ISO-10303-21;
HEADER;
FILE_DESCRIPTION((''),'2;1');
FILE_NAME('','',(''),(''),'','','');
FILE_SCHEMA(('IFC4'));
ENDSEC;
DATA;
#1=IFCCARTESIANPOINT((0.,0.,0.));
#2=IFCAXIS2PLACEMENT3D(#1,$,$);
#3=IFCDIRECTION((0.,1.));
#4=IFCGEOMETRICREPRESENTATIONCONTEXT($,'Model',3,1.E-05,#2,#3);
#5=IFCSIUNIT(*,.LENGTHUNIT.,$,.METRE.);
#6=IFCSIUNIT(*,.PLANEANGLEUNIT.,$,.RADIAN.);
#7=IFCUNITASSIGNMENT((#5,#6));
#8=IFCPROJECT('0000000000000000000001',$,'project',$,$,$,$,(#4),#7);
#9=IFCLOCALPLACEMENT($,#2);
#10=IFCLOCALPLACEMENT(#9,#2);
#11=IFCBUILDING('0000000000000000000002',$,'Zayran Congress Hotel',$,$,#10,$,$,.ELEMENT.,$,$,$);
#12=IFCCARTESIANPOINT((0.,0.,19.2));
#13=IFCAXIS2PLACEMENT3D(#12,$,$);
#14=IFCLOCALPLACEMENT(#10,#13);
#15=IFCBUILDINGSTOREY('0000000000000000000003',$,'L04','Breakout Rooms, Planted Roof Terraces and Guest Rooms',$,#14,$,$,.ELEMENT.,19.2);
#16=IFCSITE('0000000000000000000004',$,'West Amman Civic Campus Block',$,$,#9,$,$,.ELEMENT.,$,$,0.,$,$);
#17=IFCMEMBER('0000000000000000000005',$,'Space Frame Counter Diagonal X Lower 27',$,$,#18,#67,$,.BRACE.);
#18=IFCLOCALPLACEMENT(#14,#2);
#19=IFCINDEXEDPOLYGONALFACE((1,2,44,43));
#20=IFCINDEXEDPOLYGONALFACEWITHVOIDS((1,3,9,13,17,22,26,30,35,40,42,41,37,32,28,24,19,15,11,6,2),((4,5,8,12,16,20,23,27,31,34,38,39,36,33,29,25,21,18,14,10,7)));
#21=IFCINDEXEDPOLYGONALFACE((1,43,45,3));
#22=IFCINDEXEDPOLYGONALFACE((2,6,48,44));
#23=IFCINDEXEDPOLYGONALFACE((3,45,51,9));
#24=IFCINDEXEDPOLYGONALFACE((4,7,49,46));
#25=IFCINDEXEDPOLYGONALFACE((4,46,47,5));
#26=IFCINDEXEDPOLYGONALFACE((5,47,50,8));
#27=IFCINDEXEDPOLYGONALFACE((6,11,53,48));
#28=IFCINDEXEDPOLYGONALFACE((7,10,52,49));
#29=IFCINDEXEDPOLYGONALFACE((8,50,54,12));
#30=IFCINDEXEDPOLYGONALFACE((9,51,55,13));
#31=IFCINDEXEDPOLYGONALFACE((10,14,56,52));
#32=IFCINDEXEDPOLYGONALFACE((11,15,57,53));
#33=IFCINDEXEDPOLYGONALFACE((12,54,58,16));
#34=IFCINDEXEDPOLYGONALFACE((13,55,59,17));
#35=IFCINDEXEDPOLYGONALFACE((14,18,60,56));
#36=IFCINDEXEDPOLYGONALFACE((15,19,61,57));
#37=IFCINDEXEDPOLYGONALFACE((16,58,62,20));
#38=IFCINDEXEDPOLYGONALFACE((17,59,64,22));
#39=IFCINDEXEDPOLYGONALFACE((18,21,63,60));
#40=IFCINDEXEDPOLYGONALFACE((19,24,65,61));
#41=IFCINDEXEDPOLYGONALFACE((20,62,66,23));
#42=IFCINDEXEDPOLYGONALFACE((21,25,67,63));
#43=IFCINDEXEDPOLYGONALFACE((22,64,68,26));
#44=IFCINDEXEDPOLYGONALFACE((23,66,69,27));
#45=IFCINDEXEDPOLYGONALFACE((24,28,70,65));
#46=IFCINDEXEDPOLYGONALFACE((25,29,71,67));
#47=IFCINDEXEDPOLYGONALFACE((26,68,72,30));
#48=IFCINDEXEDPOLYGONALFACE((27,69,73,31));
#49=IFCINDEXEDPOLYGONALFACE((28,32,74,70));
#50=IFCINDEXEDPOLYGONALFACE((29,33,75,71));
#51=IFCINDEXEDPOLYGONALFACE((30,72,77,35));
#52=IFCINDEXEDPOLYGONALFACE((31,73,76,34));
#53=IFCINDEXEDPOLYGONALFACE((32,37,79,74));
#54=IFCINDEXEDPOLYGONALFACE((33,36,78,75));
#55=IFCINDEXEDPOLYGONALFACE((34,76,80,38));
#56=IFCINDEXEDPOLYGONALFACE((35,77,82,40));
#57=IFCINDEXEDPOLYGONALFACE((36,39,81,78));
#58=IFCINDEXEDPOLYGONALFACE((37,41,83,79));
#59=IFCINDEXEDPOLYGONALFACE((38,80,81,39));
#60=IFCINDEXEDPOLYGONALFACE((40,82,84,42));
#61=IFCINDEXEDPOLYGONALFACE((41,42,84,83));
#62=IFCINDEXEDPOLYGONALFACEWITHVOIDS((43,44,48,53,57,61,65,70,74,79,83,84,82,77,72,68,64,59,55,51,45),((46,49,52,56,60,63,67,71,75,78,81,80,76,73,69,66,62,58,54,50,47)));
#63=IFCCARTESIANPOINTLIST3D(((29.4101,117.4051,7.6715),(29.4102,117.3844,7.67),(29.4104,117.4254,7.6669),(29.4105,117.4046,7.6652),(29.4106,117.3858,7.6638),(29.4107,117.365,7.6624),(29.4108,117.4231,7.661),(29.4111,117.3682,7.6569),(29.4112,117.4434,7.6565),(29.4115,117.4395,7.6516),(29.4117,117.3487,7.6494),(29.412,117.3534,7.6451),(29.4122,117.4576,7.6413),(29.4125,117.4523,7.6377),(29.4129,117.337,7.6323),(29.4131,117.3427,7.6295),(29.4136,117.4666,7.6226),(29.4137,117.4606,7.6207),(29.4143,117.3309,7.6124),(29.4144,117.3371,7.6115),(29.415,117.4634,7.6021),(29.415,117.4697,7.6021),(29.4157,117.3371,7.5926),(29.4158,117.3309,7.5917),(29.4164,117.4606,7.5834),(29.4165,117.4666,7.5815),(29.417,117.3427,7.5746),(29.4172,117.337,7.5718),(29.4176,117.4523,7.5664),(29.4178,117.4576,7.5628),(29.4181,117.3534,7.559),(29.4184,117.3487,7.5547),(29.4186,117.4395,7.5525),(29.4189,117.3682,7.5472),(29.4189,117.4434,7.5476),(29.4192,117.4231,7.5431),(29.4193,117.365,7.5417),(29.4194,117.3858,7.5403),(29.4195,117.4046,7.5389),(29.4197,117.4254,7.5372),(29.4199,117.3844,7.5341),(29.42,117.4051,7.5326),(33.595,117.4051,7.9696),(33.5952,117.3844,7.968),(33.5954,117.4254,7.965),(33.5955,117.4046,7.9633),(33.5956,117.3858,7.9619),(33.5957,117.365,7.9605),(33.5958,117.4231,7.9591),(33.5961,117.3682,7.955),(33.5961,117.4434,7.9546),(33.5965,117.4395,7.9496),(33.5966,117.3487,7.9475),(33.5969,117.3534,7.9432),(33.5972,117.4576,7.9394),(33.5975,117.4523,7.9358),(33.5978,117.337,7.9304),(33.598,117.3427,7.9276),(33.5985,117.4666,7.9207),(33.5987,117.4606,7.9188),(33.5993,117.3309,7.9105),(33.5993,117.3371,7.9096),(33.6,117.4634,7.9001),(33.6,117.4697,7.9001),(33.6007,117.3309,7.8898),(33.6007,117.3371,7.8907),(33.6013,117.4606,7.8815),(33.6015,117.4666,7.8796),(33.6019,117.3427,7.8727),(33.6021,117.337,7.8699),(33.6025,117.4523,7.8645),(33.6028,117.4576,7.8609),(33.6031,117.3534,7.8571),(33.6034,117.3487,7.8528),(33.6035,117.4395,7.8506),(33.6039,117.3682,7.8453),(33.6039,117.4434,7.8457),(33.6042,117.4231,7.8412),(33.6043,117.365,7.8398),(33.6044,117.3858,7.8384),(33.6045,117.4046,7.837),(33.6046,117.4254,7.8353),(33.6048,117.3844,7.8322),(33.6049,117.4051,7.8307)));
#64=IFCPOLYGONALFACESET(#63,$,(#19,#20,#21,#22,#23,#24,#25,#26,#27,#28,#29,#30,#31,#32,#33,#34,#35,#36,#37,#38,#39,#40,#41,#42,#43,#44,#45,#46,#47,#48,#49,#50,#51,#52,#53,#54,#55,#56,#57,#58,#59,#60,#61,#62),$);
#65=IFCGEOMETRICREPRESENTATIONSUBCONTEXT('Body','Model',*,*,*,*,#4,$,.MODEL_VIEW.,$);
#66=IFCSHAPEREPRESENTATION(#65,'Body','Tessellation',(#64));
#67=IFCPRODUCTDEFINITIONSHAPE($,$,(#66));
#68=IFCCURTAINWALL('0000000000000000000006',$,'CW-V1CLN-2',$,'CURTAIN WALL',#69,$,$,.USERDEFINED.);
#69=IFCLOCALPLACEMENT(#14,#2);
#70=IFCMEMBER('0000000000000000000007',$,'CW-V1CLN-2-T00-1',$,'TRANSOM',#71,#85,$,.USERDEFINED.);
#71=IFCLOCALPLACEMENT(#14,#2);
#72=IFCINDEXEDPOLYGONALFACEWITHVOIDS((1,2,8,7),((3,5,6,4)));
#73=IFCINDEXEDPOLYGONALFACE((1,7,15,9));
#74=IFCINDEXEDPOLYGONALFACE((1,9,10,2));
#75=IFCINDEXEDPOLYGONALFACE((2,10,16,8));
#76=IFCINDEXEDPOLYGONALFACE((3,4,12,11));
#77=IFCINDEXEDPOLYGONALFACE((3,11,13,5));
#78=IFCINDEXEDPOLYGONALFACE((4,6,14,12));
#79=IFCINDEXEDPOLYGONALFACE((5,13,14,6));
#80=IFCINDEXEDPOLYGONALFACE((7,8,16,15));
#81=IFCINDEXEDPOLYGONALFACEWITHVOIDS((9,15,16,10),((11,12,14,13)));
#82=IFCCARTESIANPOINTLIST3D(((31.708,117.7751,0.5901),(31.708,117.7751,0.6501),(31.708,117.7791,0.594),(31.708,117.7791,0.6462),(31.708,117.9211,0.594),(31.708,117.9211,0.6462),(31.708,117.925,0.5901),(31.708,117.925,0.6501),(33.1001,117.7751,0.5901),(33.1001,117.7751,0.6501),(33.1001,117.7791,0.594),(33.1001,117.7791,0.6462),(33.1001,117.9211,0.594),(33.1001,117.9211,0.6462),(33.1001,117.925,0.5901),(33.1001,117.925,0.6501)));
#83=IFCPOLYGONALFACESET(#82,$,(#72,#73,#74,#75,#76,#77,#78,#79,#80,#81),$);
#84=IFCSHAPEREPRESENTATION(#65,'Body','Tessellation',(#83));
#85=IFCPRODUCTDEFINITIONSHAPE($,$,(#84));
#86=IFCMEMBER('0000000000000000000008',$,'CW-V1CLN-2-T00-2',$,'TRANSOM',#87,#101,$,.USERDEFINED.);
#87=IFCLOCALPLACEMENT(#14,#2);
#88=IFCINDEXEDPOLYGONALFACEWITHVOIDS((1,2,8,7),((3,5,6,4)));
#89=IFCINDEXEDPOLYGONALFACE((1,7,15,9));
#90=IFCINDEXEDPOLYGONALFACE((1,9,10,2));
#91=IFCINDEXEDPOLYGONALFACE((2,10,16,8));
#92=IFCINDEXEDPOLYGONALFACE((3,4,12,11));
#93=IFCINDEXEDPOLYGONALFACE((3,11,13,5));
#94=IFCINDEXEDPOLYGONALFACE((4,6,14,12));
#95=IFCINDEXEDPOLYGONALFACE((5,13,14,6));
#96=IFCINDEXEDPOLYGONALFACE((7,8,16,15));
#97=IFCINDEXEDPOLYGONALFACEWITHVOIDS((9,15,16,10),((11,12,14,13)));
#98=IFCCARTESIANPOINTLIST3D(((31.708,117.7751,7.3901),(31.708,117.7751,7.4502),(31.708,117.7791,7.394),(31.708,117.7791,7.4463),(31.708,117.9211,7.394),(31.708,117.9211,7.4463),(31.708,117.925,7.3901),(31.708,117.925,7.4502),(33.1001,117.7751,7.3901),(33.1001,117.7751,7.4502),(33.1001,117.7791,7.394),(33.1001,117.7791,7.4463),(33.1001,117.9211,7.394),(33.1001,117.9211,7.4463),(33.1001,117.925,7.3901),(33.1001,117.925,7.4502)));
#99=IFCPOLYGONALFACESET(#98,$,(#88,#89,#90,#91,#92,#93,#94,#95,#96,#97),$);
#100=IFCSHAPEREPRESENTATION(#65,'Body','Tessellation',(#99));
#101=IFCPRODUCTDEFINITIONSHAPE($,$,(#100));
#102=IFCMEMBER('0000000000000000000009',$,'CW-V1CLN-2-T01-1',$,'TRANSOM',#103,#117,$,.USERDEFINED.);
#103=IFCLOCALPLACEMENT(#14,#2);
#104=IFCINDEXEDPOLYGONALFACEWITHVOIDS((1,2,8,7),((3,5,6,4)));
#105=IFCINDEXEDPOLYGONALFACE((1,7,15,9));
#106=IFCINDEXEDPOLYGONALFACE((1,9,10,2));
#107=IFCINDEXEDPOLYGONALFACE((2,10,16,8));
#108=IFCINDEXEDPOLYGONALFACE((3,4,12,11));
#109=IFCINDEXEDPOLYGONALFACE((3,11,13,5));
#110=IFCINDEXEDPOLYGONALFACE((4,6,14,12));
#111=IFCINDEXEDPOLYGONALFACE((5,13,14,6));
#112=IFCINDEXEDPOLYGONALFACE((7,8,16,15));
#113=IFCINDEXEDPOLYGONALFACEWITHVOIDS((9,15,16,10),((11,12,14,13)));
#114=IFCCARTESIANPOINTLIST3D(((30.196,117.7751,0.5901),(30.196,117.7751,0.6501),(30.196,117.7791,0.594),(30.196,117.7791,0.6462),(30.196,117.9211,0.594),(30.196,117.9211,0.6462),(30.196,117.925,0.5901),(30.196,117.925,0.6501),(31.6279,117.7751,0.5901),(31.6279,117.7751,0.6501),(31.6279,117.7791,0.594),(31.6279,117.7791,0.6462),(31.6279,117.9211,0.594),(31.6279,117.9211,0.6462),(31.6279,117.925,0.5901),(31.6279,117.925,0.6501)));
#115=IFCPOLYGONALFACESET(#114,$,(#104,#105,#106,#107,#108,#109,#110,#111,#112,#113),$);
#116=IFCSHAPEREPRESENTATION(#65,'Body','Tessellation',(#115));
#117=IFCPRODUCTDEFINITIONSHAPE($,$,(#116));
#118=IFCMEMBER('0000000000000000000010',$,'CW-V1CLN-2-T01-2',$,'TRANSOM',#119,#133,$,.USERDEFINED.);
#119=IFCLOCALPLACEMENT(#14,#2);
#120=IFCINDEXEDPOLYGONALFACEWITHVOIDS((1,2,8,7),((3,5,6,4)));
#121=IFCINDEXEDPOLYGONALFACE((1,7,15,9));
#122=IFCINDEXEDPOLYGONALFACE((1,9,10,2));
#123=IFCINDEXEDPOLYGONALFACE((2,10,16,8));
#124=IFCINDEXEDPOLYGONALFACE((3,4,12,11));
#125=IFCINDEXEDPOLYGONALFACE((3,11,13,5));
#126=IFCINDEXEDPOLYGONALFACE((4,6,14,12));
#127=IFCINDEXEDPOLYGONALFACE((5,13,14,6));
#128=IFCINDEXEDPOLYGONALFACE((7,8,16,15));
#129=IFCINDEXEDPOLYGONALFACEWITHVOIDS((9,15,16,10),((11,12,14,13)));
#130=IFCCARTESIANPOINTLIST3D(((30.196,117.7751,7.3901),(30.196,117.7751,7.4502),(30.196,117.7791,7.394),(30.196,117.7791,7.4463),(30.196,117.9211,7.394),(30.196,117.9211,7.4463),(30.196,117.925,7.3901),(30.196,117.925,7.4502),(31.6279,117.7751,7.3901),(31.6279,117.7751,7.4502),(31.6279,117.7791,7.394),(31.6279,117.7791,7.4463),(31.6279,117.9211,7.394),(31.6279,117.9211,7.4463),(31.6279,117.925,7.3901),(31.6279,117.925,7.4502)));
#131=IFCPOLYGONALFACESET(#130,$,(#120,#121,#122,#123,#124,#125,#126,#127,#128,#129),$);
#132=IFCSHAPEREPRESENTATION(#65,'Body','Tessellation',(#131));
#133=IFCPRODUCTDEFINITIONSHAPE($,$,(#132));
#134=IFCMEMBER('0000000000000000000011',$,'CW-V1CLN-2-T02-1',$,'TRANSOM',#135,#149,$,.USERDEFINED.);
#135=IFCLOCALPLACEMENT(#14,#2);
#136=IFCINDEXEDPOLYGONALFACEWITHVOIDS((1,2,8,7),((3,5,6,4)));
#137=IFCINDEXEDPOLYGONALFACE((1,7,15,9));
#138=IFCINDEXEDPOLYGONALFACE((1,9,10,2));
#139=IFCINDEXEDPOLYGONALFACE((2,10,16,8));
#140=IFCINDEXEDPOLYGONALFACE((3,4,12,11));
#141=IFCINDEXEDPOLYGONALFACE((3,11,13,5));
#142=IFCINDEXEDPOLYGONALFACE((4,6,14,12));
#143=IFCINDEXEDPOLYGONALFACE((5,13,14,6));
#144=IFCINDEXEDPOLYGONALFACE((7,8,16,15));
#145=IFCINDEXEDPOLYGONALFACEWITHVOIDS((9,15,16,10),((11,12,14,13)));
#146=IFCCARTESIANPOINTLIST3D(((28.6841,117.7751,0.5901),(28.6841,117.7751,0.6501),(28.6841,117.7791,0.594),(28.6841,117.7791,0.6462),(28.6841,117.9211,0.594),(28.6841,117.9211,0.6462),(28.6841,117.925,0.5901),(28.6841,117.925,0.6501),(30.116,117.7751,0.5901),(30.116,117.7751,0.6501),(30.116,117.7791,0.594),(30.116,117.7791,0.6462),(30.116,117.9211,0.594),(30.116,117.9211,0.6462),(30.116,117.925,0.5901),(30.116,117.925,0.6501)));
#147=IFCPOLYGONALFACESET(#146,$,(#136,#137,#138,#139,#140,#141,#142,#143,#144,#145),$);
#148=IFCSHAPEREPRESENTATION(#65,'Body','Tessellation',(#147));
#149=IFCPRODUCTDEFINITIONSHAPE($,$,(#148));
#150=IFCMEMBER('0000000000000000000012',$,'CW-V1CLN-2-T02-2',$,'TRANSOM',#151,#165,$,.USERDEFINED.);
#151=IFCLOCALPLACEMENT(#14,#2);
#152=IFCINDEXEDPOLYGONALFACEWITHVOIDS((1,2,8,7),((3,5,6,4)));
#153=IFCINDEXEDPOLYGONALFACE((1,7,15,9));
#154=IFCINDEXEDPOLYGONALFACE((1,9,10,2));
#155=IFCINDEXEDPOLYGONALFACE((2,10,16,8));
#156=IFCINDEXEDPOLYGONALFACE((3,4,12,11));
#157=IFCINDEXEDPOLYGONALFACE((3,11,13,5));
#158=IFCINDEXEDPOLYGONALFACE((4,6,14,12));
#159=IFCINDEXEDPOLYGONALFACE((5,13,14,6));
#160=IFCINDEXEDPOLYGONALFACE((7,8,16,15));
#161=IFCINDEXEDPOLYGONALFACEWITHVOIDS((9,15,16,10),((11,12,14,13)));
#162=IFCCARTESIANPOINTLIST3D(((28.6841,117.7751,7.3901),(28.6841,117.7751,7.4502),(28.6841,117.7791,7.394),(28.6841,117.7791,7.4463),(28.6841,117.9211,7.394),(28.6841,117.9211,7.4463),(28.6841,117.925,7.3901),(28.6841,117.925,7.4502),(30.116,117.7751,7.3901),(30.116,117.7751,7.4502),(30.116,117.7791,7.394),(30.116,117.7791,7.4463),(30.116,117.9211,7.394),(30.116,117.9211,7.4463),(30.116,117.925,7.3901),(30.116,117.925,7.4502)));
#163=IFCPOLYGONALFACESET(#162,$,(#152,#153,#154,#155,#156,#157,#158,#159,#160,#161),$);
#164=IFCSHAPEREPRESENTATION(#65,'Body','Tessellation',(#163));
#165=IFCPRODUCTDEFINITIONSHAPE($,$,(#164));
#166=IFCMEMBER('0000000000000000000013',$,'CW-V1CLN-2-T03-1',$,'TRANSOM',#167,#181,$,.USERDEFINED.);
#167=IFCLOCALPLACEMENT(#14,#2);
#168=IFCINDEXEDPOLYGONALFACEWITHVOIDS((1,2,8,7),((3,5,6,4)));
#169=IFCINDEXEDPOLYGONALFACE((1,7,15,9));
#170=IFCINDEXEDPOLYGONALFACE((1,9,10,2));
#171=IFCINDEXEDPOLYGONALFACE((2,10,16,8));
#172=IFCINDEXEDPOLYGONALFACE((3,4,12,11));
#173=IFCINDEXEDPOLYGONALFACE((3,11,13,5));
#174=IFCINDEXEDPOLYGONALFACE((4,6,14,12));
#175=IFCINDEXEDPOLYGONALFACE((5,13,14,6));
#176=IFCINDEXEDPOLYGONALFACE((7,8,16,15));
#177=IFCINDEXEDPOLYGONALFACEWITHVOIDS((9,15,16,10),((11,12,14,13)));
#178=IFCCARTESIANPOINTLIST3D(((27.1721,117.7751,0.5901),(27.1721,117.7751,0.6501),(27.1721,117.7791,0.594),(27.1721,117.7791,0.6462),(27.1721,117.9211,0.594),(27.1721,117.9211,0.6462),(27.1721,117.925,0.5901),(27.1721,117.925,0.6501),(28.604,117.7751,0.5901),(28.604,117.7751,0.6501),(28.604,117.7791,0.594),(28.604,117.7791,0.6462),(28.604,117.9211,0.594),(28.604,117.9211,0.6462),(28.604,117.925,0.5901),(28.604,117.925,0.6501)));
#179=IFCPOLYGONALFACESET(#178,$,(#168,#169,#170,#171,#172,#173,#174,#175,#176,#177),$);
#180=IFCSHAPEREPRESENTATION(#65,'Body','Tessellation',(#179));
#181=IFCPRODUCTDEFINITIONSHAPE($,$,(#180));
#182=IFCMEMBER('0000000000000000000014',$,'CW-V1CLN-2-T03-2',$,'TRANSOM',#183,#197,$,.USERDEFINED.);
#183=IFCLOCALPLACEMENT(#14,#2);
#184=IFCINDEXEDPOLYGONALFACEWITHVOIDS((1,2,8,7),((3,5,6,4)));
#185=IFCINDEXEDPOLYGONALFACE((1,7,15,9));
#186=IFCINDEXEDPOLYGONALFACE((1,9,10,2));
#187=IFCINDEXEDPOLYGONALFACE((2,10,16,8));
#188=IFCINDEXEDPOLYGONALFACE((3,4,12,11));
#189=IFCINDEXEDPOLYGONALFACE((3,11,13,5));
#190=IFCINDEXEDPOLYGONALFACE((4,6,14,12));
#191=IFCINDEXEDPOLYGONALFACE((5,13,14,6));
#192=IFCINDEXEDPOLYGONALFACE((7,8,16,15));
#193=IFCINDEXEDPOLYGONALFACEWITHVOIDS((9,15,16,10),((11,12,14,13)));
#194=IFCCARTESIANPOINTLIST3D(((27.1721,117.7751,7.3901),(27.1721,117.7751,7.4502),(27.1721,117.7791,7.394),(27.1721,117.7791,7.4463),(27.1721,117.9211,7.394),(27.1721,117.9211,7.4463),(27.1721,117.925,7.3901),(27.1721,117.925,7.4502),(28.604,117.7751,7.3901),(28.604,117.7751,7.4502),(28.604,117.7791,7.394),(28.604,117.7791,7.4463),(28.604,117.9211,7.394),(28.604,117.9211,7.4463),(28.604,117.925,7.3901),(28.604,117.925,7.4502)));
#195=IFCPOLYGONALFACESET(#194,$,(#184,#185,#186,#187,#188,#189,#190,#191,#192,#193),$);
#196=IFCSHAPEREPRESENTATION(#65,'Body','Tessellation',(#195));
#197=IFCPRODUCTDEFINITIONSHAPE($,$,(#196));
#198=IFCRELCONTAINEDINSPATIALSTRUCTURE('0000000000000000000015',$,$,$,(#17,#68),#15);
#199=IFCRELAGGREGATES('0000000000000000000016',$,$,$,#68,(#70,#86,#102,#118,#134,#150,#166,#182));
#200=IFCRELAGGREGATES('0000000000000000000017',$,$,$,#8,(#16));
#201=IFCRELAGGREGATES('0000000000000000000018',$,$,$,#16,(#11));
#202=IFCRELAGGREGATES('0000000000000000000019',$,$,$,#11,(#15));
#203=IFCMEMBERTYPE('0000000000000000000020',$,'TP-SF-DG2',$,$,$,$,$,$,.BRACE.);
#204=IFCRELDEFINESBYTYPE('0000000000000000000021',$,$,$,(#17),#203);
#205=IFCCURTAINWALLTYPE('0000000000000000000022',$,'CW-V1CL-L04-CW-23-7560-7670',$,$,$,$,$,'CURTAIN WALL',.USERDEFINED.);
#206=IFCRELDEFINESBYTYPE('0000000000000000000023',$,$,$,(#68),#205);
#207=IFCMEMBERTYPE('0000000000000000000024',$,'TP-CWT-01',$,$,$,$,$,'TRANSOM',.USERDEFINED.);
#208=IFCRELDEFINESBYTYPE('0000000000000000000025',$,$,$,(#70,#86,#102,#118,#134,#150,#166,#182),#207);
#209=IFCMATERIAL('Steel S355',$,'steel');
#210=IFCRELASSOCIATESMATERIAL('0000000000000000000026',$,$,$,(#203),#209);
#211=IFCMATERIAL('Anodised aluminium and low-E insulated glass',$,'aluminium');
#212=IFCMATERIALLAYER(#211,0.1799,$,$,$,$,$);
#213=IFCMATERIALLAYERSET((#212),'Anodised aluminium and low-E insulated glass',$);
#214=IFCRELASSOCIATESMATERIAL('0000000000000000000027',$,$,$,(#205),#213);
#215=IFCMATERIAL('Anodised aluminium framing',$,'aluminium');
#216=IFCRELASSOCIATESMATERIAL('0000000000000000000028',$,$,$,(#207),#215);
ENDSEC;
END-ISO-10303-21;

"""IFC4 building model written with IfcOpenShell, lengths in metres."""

from ifc_helpers import new_model, si_unit, direction, frame, origin, origin_2d, place, context, subcontext, project, spatial, hollow_rectangle, hollow_circle, extrude, material, layer, layer_set, material_profile, profile_set, type_object, element, aggregate, save


model = new_model("IFC4")

# Units and contexts
model_context = context("Model", 3, precision=1e-05, world=origin(), true_north=direction((0.0, 1.0)))
body_context = subcontext(model_context, "Body", "Model", "MODEL_VIEW")
ifc_project = project(units=[si_unit("LENGTHUNIT", "METRE"), si_unit("PLANEANGLEUNIT", "RADIAN")], contexts=[model_context])

# Site, building, storey
site_placement = place(None, origin())
site = spatial("IfcSite", under=ifc_project, at=site_placement, Name="West Amman Civic Campus Block", CompositionType="ELEMENT", RefElevation=0.0)
building_placement = place(site_placement, origin())
building = spatial("IfcBuilding", under=site, at=building_placement, Name="Zayran Congress Hotel", CompositionType="ELEMENT")
storey_placement = place(building_placement, frame((0.0, 0.0, 19.2)))
storey = spatial("IfcBuildingStorey", under=building, at=storey_placement, Name="L04", Description="Breakout Rooms, Planted Roof Terraces and Guest Rooms", CompositionType="ELEMENT", Elevation=19.2)

# Member
ifc_material_1 = material(Name="Steel S355", Category="steel")
ifc_material_profile_1 = material_profile(ifc_material_1, hollow_circle(Radius=0.0698, WallThickness=0.0063, at=origin_2d()), Name="CHS 139.7x6.3")
ifc_profile_set_1 = profile_set([ifc_material_profile_1], Name="Steel S355")
member_type_1 = type_object("IfcMemberType", Name="TP-SF-DG2", PredefinedType="BRACE", material=ifc_profile_set_1)
member_1_placement = place(storey_placement, frame((29.415, 117.3999, 7.6021), z_axis=(0.997473, 0.0, 0.071049), x_axis=(0.0, 1.0, 0.0)))
element("IfcMember", 1, at=member_1_placement, inside=storey, type_object=member_type_1, Name="Space Frame Counter Diagonal X Lower 27", PredefinedType="BRACE", context=body_context, shape_type="SweptSolid", body=[
    extrude(hollow_circle(Radius=0.0698, WallThickness=0.0063, at=origin_2d()), origin(), (0.0, 0.0, 1.0), 4.1956),
])

# Curtain wall, members
ifc_material_2 = material(Name="Anodised aluminium and low-E insulated glass", Category="aluminium")
ifc_layer_1 = layer(ifc_material_2, 0.1799)
ifc_layer_set_1 = layer_set([ifc_layer_1], Name="Anodised aluminium and low-E insulated glass")
curtain_wall_type_1 = type_object("IfcCurtainWallType", Name="CW-V1CL-L04-CW-23-7560-7670", ElementType="CURTAIN WALL", PredefinedType="USERDEFINED", material=ifc_layer_set_1)
curtain_wall_1_placement = place(storey_placement, origin())
curtain_wall_1 = element("IfcCurtainWall", 2, at=curtain_wall_1_placement, inside=storey, type_object=curtain_wall_type_1, Name="CW-V1CLN-2", ObjectType="CURTAIN WALL", PredefinedType="USERDEFINED")
ifc_material_3 = material(Name="Anodised aluminium framing", Category="aluminium")
ifc_material_profile_2 = material_profile(ifc_material_3, hollow_rectangle(XDim=0.0601, YDim=0.1499, WallThickness=0.0039, at=origin_2d()), Name="RHS 150x60x4")
ifc_profile_set_2 = profile_set([ifc_material_profile_2], Name="Anodised aluminium framing")
member_type_2 = type_object("IfcMemberType", Name="TP-CWT-01", ElementType="TRANSOM", PredefinedType="USERDEFINED", material=ifc_profile_set_2)
member_2_placement = place(storey_placement, frame((33.1001, 117.8501, 0.6201), z_axis=(-1.0, 0.0, 0.0), x_axis=(0.0, 0.0, 1.0)))
member_2 = element("IfcMember", 3, at=member_2_placement, type_object=member_type_2, Name="CW-V1CLN-2-T00-1", ObjectType="TRANSOM", PredefinedType="USERDEFINED", context=body_context, shape_type="SweptSolid", body=[
    extrude(hollow_rectangle(XDim=0.0601, YDim=0.1499, WallThickness=0.0039, at=origin_2d()), origin(), (0.0, 0.0, 1.0), 1.3921),
])
member_3_placement = place(storey_placement, frame((33.1001, 117.8501, 7.4202), z_axis=(-1.0, 0.0, 0.0), x_axis=(0.0, 0.0, 1.0)))
member_3 = element("IfcMember", 4, at=member_3_placement, type_object=member_type_2, Name="CW-V1CLN-2-T00-2", ObjectType="TRANSOM", PredefinedType="USERDEFINED", context=body_context, shape_type="SweptSolid", body=[
    extrude(hollow_rectangle(XDim=0.0601, YDim=0.1499, WallThickness=0.0039, at=origin_2d()), origin(), (0.0, 0.0, 1.0), 1.3921),
])
member_4_placement = place(storey_placement, frame((31.6279, 117.8501, 0.6201), z_axis=(-1.0, 0.0, 0.0), x_axis=(0.0, 0.0, 1.0)))
member_4 = element("IfcMember", 5, at=member_4_placement, type_object=member_type_2, Name="CW-V1CLN-2-T01-1", ObjectType="TRANSOM", PredefinedType="USERDEFINED", context=body_context, shape_type="SweptSolid", body=[
    extrude(hollow_rectangle(XDim=0.0601, YDim=0.1499, WallThickness=0.0039, at=origin_2d()), origin(), (0.0, 0.0, 1.0), 1.4319),
])
member_5_placement = place(storey_placement, frame((31.6279, 117.8501, 7.4202), z_axis=(-1.0, 0.0, 0.0), x_axis=(0.0, 0.0, 1.0)))
member_5 = element("IfcMember", 6, at=member_5_placement, type_object=member_type_2, Name="CW-V1CLN-2-T01-2", ObjectType="TRANSOM", PredefinedType="USERDEFINED", context=body_context, shape_type="SweptSolid", body=[
    extrude(hollow_rectangle(XDim=0.0601, YDim=0.1499, WallThickness=0.0039, at=origin_2d()), origin(), (0.0, 0.0, 1.0), 1.4319),
])
member_6_placement = place(storey_placement, frame((30.116, 117.8501, 0.6201), z_axis=(-1.0, 0.0, 0.0), x_axis=(0.0, 0.0, 1.0)))
member_6 = element("IfcMember", 7, at=member_6_placement, type_object=member_type_2, Name="CW-V1CLN-2-T02-1", ObjectType="TRANSOM", PredefinedType="USERDEFINED", context=body_context, shape_type="SweptSolid", body=[
    extrude(hollow_rectangle(XDim=0.0601, YDim=0.1499, WallThickness=0.0039, at=origin_2d()), origin(), (0.0, 0.0, 1.0), 1.4319),
])
member_7_placement = place(storey_placement, frame((30.116, 117.8501, 7.4202), z_axis=(-1.0, 0.0, 0.0), x_axis=(0.0, 0.0, 1.0)))
member_7 = element("IfcMember", 8, at=member_7_placement, type_object=member_type_2, Name="CW-V1CLN-2-T02-2", ObjectType="TRANSOM", PredefinedType="USERDEFINED", context=body_context, shape_type="SweptSolid", body=[
    extrude(hollow_rectangle(XDim=0.0601, YDim=0.1499, WallThickness=0.0039, at=origin_2d()), origin(), (0.0, 0.0, 1.0), 1.4319),
])
member_8_placement = place(storey_placement, frame((28.604, 117.8501, 0.6201), z_axis=(-1.0, 0.0, 0.0), x_axis=(0.0, 0.0, 1.0)))
member_8 = element("IfcMember", 9, at=member_8_placement, type_object=member_type_2, Name="CW-V1CLN-2-T03-1", ObjectType="TRANSOM", PredefinedType="USERDEFINED", context=body_context, shape_type="SweptSolid", body=[
    extrude(hollow_rectangle(XDim=0.0601, YDim=0.1499, WallThickness=0.0039, at=origin_2d()), origin(), (0.0, 0.0, 1.0), 1.4319),
])
member_9_placement = place(storey_placement, frame((28.604, 117.8501, 7.4202), z_axis=(-1.0, 0.0, 0.0), x_axis=(0.0, 0.0, 1.0)))
member_9 = element("IfcMember", 10, at=member_9_placement, type_object=member_type_2, Name="CW-V1CLN-2-T03-2", ObjectType="TRANSOM", PredefinedType="USERDEFINED", context=body_context, shape_type="SweptSolid", body=[
    extrude(hollow_rectangle(XDim=0.0601, YDim=0.1499, WallThickness=0.0039, at=origin_2d()), origin(), (0.0, 0.0, 1.0), 1.4319),
])

aggregate(curtain_wall_1, [member_2, member_3, member_4, member_5, member_6, member_7, member_8, member_9])

save(model, "model.ifc")
